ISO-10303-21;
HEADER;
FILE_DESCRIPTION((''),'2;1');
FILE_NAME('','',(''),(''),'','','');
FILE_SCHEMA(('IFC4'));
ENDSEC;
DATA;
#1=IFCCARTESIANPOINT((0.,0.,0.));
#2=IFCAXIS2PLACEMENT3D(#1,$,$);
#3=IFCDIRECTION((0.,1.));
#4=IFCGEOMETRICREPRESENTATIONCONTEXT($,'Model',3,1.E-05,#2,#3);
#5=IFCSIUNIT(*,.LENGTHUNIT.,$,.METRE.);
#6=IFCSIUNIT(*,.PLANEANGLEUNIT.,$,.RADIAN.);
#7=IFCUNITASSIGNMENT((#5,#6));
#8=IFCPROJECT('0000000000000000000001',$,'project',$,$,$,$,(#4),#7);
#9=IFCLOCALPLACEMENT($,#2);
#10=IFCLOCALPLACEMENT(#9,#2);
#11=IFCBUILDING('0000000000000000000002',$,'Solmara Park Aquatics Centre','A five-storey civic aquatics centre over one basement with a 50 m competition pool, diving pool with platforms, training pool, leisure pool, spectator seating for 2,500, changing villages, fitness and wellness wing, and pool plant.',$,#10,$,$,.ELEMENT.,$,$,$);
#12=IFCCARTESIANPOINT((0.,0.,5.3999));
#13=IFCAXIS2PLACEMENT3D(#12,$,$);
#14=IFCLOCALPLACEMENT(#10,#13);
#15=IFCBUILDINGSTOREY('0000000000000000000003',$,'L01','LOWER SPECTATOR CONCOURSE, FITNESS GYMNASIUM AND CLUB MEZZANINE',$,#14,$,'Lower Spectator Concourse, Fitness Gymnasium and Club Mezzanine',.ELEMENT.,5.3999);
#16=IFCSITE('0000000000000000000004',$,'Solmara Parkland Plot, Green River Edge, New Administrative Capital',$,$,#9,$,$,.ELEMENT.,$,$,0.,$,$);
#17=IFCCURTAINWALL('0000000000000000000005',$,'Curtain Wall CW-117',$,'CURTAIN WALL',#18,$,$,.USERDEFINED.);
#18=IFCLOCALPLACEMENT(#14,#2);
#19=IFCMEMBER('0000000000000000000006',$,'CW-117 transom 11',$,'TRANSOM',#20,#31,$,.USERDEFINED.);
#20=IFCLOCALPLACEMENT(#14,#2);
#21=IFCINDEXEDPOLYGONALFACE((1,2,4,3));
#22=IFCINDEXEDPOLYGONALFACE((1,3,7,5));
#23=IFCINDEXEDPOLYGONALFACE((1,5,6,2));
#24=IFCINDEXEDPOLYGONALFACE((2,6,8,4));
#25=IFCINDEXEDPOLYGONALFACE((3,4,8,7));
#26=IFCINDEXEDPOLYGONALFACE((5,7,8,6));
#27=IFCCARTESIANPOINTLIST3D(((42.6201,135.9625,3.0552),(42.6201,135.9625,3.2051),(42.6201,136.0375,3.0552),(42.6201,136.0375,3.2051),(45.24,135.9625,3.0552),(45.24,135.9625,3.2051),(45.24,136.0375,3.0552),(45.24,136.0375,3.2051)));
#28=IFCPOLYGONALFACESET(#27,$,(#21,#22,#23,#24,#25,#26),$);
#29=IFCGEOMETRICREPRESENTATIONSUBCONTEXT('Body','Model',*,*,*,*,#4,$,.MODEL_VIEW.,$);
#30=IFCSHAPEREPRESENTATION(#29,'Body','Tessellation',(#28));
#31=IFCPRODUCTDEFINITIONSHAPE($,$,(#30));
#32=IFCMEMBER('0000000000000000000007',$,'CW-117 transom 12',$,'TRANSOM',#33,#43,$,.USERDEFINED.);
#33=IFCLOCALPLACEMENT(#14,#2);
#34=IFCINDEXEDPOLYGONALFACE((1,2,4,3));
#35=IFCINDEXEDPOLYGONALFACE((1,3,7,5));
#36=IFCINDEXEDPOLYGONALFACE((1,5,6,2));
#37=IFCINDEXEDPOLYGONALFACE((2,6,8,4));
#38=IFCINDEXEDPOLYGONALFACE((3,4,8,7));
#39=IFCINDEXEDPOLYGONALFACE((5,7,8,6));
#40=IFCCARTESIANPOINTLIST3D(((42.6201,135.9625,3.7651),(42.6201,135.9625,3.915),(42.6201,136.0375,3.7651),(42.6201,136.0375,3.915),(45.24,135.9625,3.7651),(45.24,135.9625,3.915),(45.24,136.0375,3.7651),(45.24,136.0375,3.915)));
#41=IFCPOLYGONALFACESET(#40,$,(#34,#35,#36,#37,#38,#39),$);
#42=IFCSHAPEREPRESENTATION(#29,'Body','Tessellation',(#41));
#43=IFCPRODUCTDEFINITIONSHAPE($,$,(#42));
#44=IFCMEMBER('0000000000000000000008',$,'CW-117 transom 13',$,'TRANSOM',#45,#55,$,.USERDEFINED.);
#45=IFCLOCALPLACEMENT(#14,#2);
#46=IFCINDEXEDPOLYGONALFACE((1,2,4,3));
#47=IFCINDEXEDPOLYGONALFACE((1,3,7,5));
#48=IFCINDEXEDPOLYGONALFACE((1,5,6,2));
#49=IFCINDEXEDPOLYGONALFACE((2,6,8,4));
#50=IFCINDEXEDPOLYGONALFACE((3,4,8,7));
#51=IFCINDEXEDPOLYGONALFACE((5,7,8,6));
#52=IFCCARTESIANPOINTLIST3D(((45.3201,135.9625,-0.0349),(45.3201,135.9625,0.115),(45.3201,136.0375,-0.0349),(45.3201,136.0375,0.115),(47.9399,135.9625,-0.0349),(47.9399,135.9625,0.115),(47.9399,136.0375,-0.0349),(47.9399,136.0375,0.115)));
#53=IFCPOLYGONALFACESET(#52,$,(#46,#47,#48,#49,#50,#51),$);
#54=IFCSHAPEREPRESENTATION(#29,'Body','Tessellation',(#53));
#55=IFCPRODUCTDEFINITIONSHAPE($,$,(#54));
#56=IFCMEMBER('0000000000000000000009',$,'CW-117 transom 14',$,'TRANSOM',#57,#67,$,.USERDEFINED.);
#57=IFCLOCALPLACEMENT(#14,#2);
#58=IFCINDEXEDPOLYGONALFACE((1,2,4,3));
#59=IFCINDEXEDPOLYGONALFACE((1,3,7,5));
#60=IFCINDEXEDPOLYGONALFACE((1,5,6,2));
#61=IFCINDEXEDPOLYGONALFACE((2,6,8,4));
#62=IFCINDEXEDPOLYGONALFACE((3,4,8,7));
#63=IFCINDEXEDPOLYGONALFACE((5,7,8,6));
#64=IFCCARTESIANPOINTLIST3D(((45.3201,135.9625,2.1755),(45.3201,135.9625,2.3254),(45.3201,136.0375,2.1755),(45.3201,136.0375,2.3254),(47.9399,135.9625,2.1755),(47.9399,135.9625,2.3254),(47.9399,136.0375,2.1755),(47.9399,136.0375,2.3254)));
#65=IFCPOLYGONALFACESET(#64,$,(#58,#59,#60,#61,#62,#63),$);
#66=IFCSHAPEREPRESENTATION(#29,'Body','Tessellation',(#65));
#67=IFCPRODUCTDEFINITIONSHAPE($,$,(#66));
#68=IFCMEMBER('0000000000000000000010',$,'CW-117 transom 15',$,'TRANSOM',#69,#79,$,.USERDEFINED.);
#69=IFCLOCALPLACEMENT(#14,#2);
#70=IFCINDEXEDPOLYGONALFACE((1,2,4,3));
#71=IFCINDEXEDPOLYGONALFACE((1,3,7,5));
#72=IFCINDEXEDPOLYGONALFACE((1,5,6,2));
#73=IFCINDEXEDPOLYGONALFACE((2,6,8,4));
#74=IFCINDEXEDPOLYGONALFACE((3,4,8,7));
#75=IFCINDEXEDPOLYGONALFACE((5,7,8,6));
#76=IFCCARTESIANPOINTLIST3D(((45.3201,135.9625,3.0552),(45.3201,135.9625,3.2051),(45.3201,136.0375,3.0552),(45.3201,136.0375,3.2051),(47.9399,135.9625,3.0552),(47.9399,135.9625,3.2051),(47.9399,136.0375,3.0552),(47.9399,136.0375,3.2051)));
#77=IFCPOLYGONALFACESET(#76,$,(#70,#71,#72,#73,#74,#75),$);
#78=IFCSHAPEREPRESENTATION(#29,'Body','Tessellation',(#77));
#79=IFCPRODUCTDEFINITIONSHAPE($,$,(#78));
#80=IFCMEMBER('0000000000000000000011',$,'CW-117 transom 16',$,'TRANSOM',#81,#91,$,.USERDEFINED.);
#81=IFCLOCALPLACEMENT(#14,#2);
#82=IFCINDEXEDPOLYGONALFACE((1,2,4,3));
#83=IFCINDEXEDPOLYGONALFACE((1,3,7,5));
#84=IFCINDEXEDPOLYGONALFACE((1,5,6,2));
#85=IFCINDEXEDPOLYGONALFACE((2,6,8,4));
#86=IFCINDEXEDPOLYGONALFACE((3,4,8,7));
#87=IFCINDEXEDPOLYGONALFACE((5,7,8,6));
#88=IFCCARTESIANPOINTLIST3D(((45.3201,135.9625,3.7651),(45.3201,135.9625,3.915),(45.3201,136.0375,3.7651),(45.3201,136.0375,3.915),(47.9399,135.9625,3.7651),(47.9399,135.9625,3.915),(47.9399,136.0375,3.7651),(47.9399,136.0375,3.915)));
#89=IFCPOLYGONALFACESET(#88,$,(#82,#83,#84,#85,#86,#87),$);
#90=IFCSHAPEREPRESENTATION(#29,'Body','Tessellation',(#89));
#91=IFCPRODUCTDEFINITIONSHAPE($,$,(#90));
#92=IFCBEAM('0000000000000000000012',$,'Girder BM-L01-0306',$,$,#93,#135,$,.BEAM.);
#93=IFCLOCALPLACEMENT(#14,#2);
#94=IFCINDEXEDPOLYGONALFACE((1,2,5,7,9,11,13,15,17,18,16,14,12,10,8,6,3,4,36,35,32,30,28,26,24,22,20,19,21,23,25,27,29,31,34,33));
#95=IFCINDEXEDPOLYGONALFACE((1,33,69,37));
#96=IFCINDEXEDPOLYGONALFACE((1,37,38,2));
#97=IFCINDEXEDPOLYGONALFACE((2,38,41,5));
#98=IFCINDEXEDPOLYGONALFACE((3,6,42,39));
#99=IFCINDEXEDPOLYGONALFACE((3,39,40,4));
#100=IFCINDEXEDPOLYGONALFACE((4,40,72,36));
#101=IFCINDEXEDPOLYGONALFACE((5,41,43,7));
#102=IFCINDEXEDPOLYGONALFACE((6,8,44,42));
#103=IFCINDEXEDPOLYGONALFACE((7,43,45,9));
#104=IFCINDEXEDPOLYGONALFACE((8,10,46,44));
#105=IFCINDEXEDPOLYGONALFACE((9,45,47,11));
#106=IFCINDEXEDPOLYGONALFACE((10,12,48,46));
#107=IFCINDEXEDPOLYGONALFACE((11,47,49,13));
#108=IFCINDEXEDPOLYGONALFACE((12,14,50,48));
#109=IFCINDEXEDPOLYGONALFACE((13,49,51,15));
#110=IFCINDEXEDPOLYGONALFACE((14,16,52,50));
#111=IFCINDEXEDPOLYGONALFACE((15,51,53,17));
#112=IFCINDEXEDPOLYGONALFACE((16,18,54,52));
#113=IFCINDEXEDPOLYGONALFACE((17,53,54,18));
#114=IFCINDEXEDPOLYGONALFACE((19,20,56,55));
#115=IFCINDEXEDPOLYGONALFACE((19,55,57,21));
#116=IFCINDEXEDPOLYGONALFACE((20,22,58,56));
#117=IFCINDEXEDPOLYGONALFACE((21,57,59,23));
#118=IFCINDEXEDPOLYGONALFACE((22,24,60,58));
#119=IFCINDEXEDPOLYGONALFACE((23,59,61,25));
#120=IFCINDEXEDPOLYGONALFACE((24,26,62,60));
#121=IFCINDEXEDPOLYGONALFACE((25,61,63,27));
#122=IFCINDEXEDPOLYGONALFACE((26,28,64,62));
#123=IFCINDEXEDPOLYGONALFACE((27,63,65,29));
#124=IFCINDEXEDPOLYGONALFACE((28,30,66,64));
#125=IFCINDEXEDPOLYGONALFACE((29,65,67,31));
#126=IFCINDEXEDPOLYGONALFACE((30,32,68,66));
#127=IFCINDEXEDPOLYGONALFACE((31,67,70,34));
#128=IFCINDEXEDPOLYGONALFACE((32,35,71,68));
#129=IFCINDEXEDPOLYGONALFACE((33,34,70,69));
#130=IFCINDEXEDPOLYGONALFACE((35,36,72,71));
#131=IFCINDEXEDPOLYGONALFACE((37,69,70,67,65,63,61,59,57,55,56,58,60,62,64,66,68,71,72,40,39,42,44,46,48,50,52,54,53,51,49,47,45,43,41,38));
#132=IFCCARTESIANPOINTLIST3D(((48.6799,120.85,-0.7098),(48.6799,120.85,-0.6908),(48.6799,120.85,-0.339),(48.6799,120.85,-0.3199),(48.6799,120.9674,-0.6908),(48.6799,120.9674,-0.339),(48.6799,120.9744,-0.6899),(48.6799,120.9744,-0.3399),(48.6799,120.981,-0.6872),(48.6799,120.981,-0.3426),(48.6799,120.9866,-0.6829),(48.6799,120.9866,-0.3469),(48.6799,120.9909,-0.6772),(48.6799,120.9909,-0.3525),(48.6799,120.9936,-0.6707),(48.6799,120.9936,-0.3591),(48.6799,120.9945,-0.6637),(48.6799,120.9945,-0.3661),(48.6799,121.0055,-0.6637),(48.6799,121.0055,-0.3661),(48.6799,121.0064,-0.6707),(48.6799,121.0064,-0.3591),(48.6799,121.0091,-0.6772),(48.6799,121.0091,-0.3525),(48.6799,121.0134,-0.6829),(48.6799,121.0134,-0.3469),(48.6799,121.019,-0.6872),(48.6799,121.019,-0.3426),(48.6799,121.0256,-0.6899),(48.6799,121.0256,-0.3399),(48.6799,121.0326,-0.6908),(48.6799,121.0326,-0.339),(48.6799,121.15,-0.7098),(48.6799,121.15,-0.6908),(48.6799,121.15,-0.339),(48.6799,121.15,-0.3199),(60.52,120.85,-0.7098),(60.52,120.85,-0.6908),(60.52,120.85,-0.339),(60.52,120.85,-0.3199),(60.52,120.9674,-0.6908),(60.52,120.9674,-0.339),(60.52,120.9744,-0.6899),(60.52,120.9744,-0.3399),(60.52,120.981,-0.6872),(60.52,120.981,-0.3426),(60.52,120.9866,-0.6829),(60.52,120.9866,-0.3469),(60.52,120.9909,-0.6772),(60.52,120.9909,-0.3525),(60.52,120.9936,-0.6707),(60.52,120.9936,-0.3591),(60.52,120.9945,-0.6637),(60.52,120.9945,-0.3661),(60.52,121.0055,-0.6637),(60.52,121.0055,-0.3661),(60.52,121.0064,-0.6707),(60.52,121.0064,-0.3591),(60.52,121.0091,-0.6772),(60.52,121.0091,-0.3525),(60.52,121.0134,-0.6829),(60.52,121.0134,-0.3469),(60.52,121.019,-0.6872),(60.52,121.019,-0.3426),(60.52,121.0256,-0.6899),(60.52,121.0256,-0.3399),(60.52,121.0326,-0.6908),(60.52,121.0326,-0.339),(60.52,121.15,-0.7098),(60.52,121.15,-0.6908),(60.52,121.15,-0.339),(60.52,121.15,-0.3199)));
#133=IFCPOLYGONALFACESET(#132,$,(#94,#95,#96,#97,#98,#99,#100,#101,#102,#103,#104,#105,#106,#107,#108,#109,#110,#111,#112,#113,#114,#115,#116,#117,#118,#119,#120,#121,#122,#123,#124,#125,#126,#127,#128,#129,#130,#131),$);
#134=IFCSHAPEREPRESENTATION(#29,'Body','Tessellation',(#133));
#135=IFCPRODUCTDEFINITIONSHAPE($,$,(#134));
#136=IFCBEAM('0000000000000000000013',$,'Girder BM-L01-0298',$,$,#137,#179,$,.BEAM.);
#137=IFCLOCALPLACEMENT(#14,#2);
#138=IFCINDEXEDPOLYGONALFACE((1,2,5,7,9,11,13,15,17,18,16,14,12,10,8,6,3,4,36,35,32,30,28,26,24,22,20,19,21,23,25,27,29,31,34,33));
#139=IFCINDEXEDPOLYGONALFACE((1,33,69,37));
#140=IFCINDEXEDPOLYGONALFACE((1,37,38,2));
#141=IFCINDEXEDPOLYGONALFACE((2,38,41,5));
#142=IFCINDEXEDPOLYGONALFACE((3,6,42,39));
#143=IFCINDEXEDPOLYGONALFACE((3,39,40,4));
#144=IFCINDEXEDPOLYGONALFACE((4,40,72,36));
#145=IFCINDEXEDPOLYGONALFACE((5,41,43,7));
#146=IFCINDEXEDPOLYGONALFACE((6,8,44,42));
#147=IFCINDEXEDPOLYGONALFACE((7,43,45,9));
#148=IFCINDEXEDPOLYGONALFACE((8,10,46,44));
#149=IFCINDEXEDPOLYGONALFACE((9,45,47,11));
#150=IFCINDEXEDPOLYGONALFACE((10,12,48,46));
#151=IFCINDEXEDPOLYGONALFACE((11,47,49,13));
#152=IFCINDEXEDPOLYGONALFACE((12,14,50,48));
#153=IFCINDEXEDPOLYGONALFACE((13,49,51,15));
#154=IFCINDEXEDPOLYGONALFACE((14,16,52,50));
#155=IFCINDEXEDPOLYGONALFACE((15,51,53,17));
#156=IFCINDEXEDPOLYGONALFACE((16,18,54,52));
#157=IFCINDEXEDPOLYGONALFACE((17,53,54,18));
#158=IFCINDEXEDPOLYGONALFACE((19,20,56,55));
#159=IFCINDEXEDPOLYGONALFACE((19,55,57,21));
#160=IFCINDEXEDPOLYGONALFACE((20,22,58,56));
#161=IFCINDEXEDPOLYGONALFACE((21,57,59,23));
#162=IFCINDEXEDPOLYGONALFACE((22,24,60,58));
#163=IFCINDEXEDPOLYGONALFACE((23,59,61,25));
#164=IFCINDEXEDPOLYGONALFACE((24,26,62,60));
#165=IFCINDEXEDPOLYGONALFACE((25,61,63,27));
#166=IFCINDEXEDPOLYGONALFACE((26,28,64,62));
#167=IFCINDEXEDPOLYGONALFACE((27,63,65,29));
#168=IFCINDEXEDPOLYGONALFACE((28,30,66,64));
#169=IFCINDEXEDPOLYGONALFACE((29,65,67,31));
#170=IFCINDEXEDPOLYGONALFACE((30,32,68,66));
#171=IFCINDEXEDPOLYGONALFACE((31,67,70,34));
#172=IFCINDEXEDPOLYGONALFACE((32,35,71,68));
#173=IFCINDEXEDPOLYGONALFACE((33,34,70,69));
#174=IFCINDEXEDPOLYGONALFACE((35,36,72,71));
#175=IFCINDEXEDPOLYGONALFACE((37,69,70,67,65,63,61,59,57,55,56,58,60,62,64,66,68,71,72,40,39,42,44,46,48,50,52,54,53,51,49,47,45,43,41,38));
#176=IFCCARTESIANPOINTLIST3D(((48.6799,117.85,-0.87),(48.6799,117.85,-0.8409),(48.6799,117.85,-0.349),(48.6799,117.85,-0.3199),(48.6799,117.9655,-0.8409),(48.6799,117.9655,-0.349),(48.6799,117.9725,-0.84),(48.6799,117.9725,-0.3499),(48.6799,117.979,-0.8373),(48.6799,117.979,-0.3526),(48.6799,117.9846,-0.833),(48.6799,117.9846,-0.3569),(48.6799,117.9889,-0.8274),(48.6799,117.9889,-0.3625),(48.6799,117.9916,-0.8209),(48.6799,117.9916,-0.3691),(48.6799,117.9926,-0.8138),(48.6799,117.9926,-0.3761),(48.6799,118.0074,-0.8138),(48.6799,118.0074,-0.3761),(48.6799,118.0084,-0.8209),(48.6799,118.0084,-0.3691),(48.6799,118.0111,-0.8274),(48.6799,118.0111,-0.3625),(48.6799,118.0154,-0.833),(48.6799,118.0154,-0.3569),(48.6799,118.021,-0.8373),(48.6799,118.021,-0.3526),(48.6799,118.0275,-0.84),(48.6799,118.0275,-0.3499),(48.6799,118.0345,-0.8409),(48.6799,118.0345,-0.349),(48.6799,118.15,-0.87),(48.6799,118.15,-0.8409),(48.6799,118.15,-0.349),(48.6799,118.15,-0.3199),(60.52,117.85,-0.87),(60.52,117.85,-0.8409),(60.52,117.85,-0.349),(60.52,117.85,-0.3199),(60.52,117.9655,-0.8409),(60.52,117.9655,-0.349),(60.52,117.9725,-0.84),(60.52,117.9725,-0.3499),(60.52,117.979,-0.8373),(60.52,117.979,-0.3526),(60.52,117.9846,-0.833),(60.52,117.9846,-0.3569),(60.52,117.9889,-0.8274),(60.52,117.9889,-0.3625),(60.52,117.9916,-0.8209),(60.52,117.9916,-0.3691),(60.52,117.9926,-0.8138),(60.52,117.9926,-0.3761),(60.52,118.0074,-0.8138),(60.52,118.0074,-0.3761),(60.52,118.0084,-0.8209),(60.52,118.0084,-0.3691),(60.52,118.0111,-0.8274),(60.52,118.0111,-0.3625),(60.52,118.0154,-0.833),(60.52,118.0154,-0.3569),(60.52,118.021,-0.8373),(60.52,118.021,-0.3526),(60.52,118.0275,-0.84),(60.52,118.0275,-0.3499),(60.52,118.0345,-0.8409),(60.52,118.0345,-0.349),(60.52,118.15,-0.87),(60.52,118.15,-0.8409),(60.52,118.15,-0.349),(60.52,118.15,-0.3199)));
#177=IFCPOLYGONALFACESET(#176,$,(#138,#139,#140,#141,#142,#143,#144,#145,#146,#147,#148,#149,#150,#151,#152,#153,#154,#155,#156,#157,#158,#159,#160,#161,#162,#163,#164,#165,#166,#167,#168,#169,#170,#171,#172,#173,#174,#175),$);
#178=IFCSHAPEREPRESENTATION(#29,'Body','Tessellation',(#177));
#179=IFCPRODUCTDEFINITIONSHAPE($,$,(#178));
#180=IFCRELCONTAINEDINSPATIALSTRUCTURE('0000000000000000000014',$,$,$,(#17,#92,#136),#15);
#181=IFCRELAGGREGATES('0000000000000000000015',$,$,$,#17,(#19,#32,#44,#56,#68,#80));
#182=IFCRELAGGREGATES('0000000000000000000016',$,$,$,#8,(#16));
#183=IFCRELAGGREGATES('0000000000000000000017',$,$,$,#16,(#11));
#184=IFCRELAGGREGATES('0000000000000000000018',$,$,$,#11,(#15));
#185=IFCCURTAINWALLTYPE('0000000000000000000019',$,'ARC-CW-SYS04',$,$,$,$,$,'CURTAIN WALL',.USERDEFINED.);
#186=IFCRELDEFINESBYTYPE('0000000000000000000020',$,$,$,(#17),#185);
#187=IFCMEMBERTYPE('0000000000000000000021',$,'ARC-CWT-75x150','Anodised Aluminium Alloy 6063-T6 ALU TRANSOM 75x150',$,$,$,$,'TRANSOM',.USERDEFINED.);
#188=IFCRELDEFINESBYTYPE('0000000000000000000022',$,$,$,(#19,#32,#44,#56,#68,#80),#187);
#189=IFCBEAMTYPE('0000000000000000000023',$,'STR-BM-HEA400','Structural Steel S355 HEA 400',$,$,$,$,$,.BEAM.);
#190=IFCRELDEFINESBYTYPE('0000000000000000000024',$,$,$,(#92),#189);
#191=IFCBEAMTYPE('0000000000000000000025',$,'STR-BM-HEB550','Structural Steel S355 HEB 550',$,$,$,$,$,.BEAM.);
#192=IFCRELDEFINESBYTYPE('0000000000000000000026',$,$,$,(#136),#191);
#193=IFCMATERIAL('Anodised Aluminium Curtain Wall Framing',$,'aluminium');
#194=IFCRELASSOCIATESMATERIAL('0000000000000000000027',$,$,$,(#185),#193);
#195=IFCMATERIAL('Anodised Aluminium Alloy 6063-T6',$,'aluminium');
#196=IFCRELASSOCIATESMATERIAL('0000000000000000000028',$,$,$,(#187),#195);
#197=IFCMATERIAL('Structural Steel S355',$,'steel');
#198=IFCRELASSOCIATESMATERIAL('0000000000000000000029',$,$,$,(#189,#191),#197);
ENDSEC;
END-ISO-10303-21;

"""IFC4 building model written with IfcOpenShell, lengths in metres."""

from ifc_helpers import new_model, si_unit, direction, frame, origin, origin_2d, place, context, subcontext, project, spatial, rectangle, i_section, extrude, material, material_profile, profile_set, type_object, element, aggregate, save


model = new_model("IFC4")

# Units and contexts
model_context = context("Model", 3, precision=1e-05, world=origin(), true_north=direction((0.0, 1.0)))
body_context = subcontext(model_context, "Body", "Model", "MODEL_VIEW")
ifc_project = project(units=[si_unit("LENGTHUNIT", "METRE"), si_unit("PLANEANGLEUNIT", "RADIAN")], contexts=[model_context])

# Site, building, storey
site_placement = place(None, origin())
site = spatial("IfcSite", under=ifc_project, at=site_placement, Name="Solmara Parkland Plot, Green River Edge, New Administrative Capital", CompositionType="ELEMENT", RefElevation=0.0)
building_placement = place(site_placement, origin())
building = spatial("IfcBuilding", under=site, at=building_placement, Name="Solmara Park Aquatics Centre", Description="A five-storey civic aquatics centre over one basement with a 50 m competition pool, diving pool with platforms, training pool, leisure pool, spectator seating for 2,500, changing villages, fitness and wellness wing, and pool plant.", CompositionType="ELEMENT")
storey_placement = place(building_placement, frame((0.0, 0.0, 5.3999)))
storey = spatial("IfcBuildingStorey", under=building, at=storey_placement, Name="L01", Description="LOWER SPECTATOR CONCOURSE, FITNESS GYMNASIUM AND CLUB MEZZANINE", LongName="Lower Spectator Concourse, Fitness Gymnasium and Club Mezzanine", CompositionType="ELEMENT", Elevation=5.3999)

# Shared definitions
ifc_material_1 = material(Name="Structural Steel S355", Category="steel")

# Curtain wall, members
ifc_material_2 = material(Name="Anodised Aluminium Curtain Wall Framing", Category="aluminium")
curtain_wall_type = type_object("IfcCurtainWallType", Name="ARC-CW-SYS04", ElementType="CURTAIN WALL", PredefinedType="USERDEFINED", material=ifc_material_2)
curtain_wall_placement = place(storey_placement, origin())
curtain_wall = element("IfcCurtainWall", 1, at=curtain_wall_placement, inside=storey, type_object=curtain_wall_type, Name="Curtain Wall CW-117", ObjectType="CURTAIN WALL", PredefinedType="USERDEFINED")
ifc_material_3 = material(Name="Anodised Aluminium Alloy 6063-T6", Category="aluminium")
ifc_material_profile_1 = material_profile(ifc_material_3, rectangle(XDim=0.075, YDim=0.1499, at=origin_2d()), Name="ALU TRANSOM 75x150")
ifc_profile_set_1 = profile_set([ifc_material_profile_1], Name="Anodised Aluminium Alloy 6063-T6")
member_type_1 = type_object("IfcMemberType", Name="ARC-CWT-75x150", Description="Anodised Aluminium Alloy 6063-T6 ALU TRANSOM 75x150", ElementType="TRANSOM", PredefinedType="USERDEFINED", material=ifc_profile_set_1)
member_1_placement = place(storey_placement, frame((42.6201, 136.0, 3.1301), z_axis=(1.0, 0.0, 0.0), x_axis=(0.0, 1.0, 0.0)))
member_1 = element("IfcMember", 2, at=member_1_placement, type_object=member_type_1, Name="CW-117 transom 11", ObjectType="TRANSOM", PredefinedType="USERDEFINED", context=body_context, shape_type="SweptSolid", body=[
    extrude(rectangle(XDim=0.075, YDim=0.1499, at=origin_2d()), origin(), (0.0, 0.0, 1.0), 2.6199),
])
member_2_placement = place(storey_placement, frame((42.6201, 136.0, 3.8401), z_axis=(1.0, 0.0, 0.0), x_axis=(0.0, 1.0, 0.0)))
member_2 = element("IfcMember", 3, at=member_2_placement, type_object=member_type_1, Name="CW-117 transom 12", ObjectType="TRANSOM", PredefinedType="USERDEFINED", context=body_context, shape_type="SweptSolid", body=[
    extrude(rectangle(XDim=0.075, YDim=0.1499, at=origin_2d()), origin(), (0.0, 0.0, 1.0), 2.6199),
])
member_3_placement = place(storey_placement, frame((45.3201, 136.0, 0.04), z_axis=(1.0, 0.0, 0.0), x_axis=(0.0, 1.0, 0.0)))
member_3 = element("IfcMember", 4, at=member_3_placement, type_object=member_type_1, Name="CW-117 transom 13", ObjectType="TRANSOM", PredefinedType="USERDEFINED", context=body_context, shape_type="SweptSolid", body=[
    extrude(rectangle(XDim=0.075, YDim=0.1499, at=origin_2d()), origin(), (0.0, 0.0, 1.0), 2.6199),
])
member_4_placement = place(storey_placement, frame((45.3201, 136.0, 2.2505), z_axis=(1.0, 0.0, 0.0), x_axis=(0.0, 1.0, 0.0)))
member_4 = element("IfcMember", 5, at=member_4_placement, type_object=member_type_1, Name="CW-117 transom 14", ObjectType="TRANSOM", PredefinedType="USERDEFINED", context=body_context, shape_type="SweptSolid", body=[
    extrude(rectangle(XDim=0.075, YDim=0.1499, at=origin_2d()), origin(), (0.0, 0.0, 1.0), 2.6199),
])
member_5_placement = place(storey_placement, frame((45.3201, 136.0, 3.1301), z_axis=(1.0, 0.0, 0.0), x_axis=(0.0, 1.0, 0.0)))
member_5 = element("IfcMember", 6, at=member_5_placement, type_object=member_type_1, Name="CW-117 transom 15", ObjectType="TRANSOM", PredefinedType="USERDEFINED", context=body_context, shape_type="SweptSolid", body=[
    extrude(rectangle(XDim=0.075, YDim=0.1499, at=origin_2d()), origin(), (0.0, 0.0, 1.0), 2.6199),
])
member_6_placement = place(storey_placement, frame((45.3201, 136.0, 3.8401), z_axis=(1.0, 0.0, 0.0), x_axis=(0.0, 1.0, 0.0)))
member_6 = element("IfcMember", 7, at=member_6_placement, type_object=member_type_1, Name="CW-117 transom 16", ObjectType="TRANSOM", PredefinedType="USERDEFINED", context=body_context, shape_type="SweptSolid", body=[
    extrude(rectangle(XDim=0.075, YDim=0.1499, at=origin_2d()), origin(), (0.0, 0.0, 1.0), 2.6199),
])

# Beams
ifc_material_profile_2 = material_profile(ifc_material_1, i_section(OverallWidth=0.3, OverallDepth=0.3899, WebThickness=0.011, FlangeThickness=0.019, FilletRadius=0.0271, at=origin_2d()), Name="HEA 400")
ifc_profile_set_2 = profile_set([ifc_material_profile_2], Name="Structural Steel S355")
beam_type_1 = type_object("IfcBeamType", Name="STR-BM-HEA400", Description="Structural Steel S355 HEA 400", PredefinedType="BEAM", material=ifc_profile_set_2)
beam_1_placement = place(storey_placement, frame((48.6799, 121.0, -0.5149), z_axis=(1.0, 0.0, 0.0), x_axis=(0.0, 1.0, 0.0)))
element("IfcBeam", 8, at=beam_1_placement, inside=storey, type_object=beam_type_1, Name="Girder BM-L01-0306", PredefinedType="BEAM", context=body_context, shape_type="SweptSolid", body=[
    extrude(i_section(OverallWidth=0.3, OverallDepth=0.3899, WebThickness=0.011, FlangeThickness=0.019, FilletRadius=0.0271, at=origin_2d()), origin(), (0.0, 0.0, 1.0), 11.8401),
])
ifc_material_profile_3 = material_profile(ifc_material_1, i_section(OverallWidth=0.3, OverallDepth=0.55, WebThickness=0.0149, FlangeThickness=0.0291, FilletRadius=0.0271, at=origin_2d()), Name="HEB 550")
ifc_profile_set_3 = profile_set([ifc_material_profile_3], Name="Structural Steel S355")
beam_type_2 = type_object("IfcBeamType", Name="STR-BM-HEB550", Description="Structural Steel S355 HEB 550", PredefinedType="BEAM", material=ifc_profile_set_3)
beam_2_placement = place(storey_placement, frame((48.6799, 118.0, -0.595), z_axis=(1.0, 0.0, 0.0), x_axis=(0.0, 1.0, 0.0)))
element("IfcBeam", 9, at=beam_2_placement, inside=storey, type_object=beam_type_2, Name="Girder BM-L01-0298", PredefinedType="BEAM", context=body_context, shape_type="SweptSolid", body=[
    extrude(i_section(OverallWidth=0.3, OverallDepth=0.55, WebThickness=0.0149, FlangeThickness=0.0291, FilletRadius=0.0271, at=origin_2d()), origin(), (0.0, 0.0, 1.0), 11.8401),
])

aggregate(curtain_wall, [member_1, member_2, member_3, member_4, member_5, member_6])

save(model, "model.ifc")
